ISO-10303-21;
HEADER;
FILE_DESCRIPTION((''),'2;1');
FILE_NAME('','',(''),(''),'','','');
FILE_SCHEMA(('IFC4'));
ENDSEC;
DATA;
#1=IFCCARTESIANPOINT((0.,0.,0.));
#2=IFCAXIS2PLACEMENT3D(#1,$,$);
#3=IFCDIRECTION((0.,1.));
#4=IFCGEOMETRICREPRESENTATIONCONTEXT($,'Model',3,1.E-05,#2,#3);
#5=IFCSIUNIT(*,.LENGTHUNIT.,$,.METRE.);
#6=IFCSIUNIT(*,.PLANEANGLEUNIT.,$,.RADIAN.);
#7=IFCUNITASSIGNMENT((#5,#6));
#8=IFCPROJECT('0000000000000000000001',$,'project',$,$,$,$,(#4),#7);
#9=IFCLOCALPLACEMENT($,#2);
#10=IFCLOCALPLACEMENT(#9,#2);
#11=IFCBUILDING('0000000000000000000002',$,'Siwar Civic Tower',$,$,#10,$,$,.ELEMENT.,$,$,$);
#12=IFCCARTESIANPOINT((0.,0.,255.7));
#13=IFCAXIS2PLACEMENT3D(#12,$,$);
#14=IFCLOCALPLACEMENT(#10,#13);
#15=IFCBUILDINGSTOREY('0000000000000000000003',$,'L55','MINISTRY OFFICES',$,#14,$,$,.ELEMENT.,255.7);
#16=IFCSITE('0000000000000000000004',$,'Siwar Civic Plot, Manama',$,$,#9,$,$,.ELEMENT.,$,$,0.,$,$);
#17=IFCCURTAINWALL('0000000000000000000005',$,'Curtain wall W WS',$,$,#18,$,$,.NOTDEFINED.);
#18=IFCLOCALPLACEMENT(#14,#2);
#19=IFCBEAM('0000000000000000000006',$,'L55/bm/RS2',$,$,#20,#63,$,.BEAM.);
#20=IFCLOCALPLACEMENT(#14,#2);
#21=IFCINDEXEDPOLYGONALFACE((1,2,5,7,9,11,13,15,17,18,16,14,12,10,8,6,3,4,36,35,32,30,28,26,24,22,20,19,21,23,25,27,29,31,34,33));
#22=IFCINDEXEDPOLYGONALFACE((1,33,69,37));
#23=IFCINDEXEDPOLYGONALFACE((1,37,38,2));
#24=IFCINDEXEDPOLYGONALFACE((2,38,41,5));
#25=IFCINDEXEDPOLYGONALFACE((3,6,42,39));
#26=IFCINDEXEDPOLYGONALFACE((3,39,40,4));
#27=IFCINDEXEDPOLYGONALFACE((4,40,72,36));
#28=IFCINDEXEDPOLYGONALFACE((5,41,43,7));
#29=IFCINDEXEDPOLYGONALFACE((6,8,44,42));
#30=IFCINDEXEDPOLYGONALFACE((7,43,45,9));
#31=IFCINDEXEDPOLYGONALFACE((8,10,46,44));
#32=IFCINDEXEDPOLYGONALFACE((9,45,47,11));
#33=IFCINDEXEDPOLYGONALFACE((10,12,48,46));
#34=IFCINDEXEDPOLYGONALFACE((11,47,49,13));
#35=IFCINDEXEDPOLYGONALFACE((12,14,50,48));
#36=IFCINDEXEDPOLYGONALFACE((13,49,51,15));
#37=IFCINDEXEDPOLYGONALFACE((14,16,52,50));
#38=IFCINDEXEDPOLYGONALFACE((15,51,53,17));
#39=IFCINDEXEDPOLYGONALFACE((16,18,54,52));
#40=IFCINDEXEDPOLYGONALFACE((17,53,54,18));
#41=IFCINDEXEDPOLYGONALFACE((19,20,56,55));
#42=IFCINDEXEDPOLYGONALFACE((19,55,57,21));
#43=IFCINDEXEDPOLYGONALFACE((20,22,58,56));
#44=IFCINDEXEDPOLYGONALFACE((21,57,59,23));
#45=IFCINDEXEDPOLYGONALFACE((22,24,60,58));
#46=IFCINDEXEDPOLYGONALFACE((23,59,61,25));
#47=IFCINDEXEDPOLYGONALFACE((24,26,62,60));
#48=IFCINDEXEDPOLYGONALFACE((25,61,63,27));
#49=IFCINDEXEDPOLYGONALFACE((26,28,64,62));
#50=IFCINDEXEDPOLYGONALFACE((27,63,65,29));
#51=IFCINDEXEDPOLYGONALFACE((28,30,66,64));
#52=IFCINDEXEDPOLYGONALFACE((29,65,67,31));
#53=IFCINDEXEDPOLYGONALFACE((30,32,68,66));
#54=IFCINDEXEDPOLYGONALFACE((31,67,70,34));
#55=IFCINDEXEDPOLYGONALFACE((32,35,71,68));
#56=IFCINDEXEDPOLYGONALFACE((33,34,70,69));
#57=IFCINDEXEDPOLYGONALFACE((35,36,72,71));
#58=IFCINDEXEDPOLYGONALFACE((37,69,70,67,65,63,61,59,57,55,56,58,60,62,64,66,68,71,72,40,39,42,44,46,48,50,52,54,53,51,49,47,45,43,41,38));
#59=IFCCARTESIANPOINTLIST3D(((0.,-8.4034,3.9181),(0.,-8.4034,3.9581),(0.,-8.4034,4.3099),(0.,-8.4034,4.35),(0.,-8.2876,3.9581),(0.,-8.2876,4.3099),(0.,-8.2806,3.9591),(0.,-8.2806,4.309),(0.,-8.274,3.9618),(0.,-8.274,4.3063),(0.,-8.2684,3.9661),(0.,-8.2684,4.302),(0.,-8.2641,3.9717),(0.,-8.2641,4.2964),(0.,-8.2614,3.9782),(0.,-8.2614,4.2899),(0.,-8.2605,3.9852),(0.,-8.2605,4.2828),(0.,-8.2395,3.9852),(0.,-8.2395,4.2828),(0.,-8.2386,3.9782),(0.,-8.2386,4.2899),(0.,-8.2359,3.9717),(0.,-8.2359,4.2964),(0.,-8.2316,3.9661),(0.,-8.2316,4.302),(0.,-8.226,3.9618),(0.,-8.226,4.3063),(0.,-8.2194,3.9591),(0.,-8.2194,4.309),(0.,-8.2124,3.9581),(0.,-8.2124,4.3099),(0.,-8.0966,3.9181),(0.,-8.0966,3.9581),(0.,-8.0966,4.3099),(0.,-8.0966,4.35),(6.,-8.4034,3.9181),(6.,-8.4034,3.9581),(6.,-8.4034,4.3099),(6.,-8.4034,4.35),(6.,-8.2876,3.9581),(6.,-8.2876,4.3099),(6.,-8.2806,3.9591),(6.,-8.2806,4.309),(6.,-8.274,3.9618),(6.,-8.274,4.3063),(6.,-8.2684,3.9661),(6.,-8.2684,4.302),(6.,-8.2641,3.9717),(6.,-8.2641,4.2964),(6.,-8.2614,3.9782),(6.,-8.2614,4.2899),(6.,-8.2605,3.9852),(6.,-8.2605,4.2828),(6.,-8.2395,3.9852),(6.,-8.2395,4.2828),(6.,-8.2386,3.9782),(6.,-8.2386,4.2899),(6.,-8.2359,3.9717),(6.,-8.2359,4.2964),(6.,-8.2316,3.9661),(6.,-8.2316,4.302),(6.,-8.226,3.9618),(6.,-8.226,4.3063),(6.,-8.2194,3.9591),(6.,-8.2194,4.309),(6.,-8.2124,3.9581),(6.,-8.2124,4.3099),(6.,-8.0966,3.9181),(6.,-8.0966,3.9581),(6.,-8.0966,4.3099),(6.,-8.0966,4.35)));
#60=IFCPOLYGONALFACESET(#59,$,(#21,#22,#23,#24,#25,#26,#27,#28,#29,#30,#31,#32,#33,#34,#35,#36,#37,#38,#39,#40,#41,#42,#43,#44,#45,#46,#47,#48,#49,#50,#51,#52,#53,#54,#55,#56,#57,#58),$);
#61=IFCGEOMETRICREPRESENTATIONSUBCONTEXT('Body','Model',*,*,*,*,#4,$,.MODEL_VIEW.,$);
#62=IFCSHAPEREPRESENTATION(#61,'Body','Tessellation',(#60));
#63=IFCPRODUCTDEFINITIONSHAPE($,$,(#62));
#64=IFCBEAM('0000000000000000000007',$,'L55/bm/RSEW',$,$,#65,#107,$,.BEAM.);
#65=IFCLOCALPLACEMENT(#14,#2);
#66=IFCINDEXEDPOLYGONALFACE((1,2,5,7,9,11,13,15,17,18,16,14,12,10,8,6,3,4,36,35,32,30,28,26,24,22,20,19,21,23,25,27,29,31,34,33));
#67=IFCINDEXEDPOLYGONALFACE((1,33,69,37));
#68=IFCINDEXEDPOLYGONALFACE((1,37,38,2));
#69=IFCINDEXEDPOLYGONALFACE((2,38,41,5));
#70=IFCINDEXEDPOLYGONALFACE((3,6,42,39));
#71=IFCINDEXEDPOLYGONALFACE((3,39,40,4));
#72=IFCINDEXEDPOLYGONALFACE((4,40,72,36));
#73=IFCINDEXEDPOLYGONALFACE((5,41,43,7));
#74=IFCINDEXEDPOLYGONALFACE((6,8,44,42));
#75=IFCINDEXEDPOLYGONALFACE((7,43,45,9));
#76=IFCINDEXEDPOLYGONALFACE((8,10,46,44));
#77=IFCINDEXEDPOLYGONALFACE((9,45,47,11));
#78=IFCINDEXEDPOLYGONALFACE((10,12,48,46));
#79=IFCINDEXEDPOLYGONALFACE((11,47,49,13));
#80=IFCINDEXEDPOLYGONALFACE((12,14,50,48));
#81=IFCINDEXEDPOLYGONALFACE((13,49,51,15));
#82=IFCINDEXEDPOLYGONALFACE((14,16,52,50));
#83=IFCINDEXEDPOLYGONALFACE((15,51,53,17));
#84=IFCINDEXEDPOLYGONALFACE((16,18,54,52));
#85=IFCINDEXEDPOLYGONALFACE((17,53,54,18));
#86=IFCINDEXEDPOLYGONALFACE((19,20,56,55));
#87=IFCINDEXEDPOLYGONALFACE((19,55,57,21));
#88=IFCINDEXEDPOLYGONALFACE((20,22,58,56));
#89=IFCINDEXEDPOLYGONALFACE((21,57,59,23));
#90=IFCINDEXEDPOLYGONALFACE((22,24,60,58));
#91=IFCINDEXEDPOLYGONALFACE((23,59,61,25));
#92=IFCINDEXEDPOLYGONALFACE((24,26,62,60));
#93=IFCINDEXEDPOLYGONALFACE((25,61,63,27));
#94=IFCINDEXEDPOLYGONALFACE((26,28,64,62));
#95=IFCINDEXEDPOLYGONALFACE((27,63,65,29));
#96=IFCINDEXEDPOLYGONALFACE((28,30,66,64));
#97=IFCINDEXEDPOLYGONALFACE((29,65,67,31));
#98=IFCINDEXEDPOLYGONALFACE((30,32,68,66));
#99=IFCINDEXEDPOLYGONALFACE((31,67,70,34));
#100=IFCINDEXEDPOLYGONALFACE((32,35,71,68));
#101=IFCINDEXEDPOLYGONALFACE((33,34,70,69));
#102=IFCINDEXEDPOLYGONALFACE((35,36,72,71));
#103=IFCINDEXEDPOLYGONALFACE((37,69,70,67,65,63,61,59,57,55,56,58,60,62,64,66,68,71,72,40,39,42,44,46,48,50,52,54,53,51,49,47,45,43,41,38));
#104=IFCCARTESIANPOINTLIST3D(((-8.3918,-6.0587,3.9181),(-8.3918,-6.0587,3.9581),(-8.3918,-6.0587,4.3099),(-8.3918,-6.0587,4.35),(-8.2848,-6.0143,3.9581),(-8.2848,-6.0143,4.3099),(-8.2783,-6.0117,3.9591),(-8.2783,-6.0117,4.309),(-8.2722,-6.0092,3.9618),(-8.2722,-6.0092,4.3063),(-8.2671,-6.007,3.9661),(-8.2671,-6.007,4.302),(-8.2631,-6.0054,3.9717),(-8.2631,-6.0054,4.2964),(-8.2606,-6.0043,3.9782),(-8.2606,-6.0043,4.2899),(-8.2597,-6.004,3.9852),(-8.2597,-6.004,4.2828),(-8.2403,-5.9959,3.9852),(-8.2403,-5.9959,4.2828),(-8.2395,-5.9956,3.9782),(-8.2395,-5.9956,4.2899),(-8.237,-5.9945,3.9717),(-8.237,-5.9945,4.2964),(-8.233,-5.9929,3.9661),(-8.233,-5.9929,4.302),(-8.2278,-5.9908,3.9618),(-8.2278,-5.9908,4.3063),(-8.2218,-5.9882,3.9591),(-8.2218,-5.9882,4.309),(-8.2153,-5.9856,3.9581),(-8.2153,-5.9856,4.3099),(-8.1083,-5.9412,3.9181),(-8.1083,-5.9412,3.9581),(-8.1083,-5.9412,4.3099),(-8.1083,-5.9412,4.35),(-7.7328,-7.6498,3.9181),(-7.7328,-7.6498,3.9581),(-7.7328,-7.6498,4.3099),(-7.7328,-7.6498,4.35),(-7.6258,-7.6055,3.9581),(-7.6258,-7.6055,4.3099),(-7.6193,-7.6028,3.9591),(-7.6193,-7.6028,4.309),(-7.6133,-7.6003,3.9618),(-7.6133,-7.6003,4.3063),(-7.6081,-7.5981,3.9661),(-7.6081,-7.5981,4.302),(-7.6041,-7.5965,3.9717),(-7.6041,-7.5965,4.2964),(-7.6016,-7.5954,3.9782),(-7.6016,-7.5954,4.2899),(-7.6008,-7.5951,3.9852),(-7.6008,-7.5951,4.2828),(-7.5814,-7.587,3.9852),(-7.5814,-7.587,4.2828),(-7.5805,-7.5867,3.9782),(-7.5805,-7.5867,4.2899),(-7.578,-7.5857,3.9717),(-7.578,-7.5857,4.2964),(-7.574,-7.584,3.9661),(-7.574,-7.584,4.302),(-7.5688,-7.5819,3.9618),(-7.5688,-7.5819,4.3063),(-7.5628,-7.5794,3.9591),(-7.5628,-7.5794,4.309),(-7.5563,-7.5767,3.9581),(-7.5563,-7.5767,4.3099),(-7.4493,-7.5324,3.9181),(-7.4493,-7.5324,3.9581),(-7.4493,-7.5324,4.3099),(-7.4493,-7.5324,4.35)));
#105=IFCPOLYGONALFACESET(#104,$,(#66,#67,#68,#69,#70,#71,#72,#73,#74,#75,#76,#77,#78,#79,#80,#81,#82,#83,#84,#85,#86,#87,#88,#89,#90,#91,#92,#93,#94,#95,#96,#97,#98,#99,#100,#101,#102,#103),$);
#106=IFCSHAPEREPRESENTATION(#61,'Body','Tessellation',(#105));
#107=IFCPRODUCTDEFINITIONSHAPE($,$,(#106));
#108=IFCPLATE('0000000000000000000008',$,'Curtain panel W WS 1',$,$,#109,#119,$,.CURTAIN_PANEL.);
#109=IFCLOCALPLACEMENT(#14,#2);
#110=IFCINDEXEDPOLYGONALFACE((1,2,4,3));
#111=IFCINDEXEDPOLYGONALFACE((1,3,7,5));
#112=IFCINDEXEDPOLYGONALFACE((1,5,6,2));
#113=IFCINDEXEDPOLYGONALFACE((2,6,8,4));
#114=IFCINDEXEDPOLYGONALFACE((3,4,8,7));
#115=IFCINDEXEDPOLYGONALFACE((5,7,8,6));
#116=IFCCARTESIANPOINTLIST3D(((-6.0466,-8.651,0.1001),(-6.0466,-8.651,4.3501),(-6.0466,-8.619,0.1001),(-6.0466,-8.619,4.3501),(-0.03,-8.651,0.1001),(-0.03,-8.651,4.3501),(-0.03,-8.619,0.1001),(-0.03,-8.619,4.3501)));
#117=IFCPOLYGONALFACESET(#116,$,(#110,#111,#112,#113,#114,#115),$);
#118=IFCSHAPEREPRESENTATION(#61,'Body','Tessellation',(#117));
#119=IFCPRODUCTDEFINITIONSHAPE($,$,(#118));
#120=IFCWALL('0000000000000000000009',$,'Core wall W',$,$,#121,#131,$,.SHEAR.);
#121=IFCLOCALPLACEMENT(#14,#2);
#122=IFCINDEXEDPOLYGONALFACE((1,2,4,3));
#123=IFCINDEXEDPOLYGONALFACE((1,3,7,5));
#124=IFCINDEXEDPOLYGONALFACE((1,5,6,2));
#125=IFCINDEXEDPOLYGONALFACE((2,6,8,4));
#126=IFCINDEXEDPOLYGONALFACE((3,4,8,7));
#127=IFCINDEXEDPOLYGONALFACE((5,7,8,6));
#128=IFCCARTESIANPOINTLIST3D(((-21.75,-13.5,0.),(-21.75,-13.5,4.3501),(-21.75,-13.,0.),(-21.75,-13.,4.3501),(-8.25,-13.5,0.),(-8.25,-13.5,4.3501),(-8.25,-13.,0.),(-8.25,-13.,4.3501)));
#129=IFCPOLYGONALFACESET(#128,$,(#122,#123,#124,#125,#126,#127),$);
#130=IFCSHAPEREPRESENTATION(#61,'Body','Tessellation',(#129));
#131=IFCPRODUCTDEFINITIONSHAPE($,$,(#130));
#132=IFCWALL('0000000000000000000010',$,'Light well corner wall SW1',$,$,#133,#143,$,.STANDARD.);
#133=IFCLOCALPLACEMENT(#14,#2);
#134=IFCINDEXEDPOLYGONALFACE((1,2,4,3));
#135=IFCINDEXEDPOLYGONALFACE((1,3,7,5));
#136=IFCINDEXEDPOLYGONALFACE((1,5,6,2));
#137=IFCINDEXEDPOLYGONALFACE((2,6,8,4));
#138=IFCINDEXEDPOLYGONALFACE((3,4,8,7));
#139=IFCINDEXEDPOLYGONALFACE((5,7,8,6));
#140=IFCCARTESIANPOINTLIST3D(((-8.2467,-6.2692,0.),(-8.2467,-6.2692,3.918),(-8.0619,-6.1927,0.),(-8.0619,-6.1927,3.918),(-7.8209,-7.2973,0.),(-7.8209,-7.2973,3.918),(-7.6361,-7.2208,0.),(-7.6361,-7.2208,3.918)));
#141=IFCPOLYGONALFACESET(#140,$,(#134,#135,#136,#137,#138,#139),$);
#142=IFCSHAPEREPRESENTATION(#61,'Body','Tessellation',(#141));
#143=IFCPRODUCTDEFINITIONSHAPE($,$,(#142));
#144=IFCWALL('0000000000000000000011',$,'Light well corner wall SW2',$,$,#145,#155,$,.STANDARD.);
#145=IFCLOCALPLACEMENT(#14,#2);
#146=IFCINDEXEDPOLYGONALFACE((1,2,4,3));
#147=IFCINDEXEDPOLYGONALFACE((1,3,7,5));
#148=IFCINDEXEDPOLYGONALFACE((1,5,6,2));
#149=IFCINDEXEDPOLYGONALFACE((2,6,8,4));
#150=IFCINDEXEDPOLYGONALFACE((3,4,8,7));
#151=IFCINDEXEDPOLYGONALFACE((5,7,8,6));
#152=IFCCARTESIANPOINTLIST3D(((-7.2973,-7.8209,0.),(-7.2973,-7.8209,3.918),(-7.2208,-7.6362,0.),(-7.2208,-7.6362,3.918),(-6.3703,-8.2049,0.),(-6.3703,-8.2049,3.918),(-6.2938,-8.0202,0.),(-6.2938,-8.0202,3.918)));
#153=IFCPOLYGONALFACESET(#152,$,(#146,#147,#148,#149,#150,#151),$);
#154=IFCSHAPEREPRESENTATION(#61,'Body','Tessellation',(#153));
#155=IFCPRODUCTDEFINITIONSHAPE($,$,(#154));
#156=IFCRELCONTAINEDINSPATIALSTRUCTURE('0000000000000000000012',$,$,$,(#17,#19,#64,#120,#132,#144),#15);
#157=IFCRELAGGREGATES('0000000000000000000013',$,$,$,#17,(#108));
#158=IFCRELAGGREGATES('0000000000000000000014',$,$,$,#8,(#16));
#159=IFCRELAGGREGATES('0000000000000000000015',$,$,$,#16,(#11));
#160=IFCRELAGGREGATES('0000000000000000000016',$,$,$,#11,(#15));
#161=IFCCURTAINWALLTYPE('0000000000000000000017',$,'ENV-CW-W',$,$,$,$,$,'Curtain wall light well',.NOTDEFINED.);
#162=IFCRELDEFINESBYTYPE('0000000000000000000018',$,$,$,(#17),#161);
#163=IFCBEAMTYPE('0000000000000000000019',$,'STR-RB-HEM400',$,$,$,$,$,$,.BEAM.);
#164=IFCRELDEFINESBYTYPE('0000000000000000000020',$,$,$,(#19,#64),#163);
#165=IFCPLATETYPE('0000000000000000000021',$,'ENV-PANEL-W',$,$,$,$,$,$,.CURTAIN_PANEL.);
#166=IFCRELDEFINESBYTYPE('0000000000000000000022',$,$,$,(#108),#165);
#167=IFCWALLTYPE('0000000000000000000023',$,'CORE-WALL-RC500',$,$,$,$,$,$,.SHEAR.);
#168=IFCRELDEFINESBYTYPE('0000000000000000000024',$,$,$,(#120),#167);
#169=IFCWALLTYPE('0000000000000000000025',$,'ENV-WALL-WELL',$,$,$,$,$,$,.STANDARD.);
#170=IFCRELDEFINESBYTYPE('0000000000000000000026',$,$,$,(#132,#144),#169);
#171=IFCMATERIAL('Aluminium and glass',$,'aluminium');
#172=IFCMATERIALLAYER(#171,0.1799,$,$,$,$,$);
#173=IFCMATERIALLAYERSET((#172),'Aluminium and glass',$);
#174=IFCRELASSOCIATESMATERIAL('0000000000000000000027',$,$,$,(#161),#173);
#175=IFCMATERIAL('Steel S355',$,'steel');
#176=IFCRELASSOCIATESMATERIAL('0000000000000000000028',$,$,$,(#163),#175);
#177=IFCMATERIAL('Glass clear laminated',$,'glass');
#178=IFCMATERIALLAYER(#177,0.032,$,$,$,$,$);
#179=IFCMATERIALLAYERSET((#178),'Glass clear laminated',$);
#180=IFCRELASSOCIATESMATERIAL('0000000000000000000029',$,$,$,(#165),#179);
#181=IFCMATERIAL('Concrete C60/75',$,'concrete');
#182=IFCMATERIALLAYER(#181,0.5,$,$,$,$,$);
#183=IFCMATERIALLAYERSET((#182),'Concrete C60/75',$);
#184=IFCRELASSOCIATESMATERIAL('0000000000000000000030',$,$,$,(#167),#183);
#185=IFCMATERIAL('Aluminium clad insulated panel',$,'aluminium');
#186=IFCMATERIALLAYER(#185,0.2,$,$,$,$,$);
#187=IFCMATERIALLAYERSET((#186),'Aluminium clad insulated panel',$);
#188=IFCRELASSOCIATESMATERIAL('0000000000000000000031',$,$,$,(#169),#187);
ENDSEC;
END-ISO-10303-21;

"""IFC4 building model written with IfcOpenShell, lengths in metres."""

from ifc_helpers import new_model, si_unit, direction, frame, frame_2d, origin, origin_2d, place, context, subcontext, project, spatial, rectangle, i_section, extrude, material, layer, layer_set, material_profile, profile_set, type_object, element, aggregate, save


model = new_model("IFC4")

# Units and contexts
model_context = context("Model", 3, precision=1e-05, world=origin(), true_north=direction((0.0, 1.0)))
body_context = subcontext(model_context, "Body", "Model", "MODEL_VIEW")
ifc_project = project(units=[si_unit("LENGTHUNIT", "METRE"), si_unit("PLANEANGLEUNIT", "RADIAN")], contexts=[model_context])

# Site, building, storey
site_placement = place(None, origin())
site = spatial("IfcSite", under=ifc_project, at=site_placement, Name="Siwar Civic Plot, Manama", CompositionType="ELEMENT", RefElevation=0.0)
building_placement = place(site_placement, origin())
building = spatial("IfcBuilding", under=site, at=building_placement, Name="Siwar Civic Tower", CompositionType="ELEMENT")
storey_placement = place(building_placement, frame((0.0, 0.0, 255.7)))
storey = spatial("IfcBuildingStorey", under=building, at=storey_placement, Name="L55", Description="MINISTRY OFFICES", CompositionType="ELEMENT", Elevation=255.7)

# Curtain wall
ifc_material_1 = material(Name="Aluminium and glass", Category="aluminium")
ifc_layer_1 = layer(ifc_material_1, 0.1799)
ifc_layer_set_1 = layer_set([ifc_layer_1], Name="Aluminium and glass")
curtain_wall_type = type_object("IfcCurtainWallType", Name="ENV-CW-W", ElementType="Curtain wall light well", PredefinedType="NOTDEFINED", material=ifc_layer_set_1)
curtain_wall_placement = place(storey_placement, origin())
curtain_wall = element("IfcCurtainWall", 1, at=curtain_wall_placement, inside=storey, type_object=curtain_wall_type, Name="Curtain wall W WS", PredefinedType="NOTDEFINED")

# Beams
ifc_material_2 = material(Name="Steel S355", Category="steel")
ifc_material_profile_1 = material_profile(ifc_material_2, i_section(OverallWidth=0.3069, OverallDepth=0.4319, WebThickness=0.021, FlangeThickness=0.04, FilletRadius=0.0271, at=origin_2d()), Name="HEM400")
ifc_profile_set_1 = profile_set([ifc_material_profile_1], Name="Steel S355")
beam_type = type_object("IfcBeamType", Name="STR-RB-HEM400", PredefinedType="BEAM", material=ifc_profile_set_1)
for number, where, z_axis, x_axis, name in (
    (2, (0.0, -8.25, 4.134), (1.0, 0.0, 0.0), (0.0, 1.0, 0.0), "L55/bm/RS2"),
):
    element("IfcBeam", number, at=place(storey_placement, frame(where, z_axis=z_axis, x_axis=x_axis)), inside=storey, type_object=beam_type, Name=name, PredefinedType="BEAM", context=body_context, shape_type="SweptSolid", body=[
        extrude(i_section(OverallWidth=0.3069, OverallDepth=0.4319, WebThickness=0.021, FlangeThickness=0.04, FilletRadius=0.0271, at=origin_2d()), origin(), (0.0, 0.0, 1.0), 6.0),
    ])
beam_1_placement = place(storey_placement, frame((-7.5911, -7.5911, 4.134), z_axis=(-0.382631, 0.923901, 0.0), x_axis=(-0.923901, -0.382631, 0.0)))
element("IfcBeam", 3, at=beam_1_placement, inside=storey, type_object=beam_type, Name="L55/bm/RSEW", PredefinedType="BEAM", context=body_context, shape_type="SweptSolid", body=[
    extrude(i_section(OverallWidth=0.3069, OverallDepth=0.4319, WebThickness=0.021, FlangeThickness=0.04, FilletRadius=0.0271, at=origin_2d()), origin(), (0.0, 0.0, 1.0), 1.7222),
])

# Plate
ifc_material_3 = material(Name="Glass clear laminated", Category="glass")
ifc_layer_2 = layer(ifc_material_3, 0.032)
ifc_layer_set_2 = layer_set([ifc_layer_2], Name="Glass clear laminated")
plate_type = type_object("IfcPlateType", Name="ENV-PANEL-W", PredefinedType="CURTAIN_PANEL", material=ifc_layer_set_2)
plate_placement = place(storey_placement, frame((-3.0383, -8.635, 0.1001), z_axis=(0.0, 0.0, 1.0), x_axis=(1.0, 0.0, 0.0)))
plate = element("IfcPlate", 4, at=plate_placement, type_object=plate_type, Name="Curtain panel W WS 1", PredefinedType="CURTAIN_PANEL", context=body_context, shape_type="SweptSolid", body=[
    extrude(rectangle(XDim=6.0166, YDim=0.032, at=origin_2d()), origin(), (0.0, 0.0, 1.0), 4.25),
])
aggregate(curtain_wall, [plate])

# Walls
ifc_material_4 = material(Name="Concrete C60/75", Category="concrete")
ifc_layer_3 = layer(ifc_material_4, 0.5)
ifc_layer_set_3 = layer_set([ifc_layer_3], Name="Concrete C60/75")
wall_type_1 = type_object("IfcWallType", Name="CORE-WALL-RC500", PredefinedType="SHEAR", material=ifc_layer_set_3)
wall_1_placement = place(storey_placement, frame((-8.25, -13.25, 0.0), z_axis=(0.0, 0.0, 1.0), x_axis=(-1.0, 0.0, 0.0)))
element("IfcWall", 5, at=wall_1_placement, inside=storey, type_object=wall_type_1, Name="Core wall W", PredefinedType="SHEAR", context=body_context, shape_type="SweptSolid", body=[
    extrude(rectangle(XDim=13.5, YDim=0.5, at=frame_2d((6.75, 0.0))), origin(), (0.0, 0.0, 1.0), 4.3501),
])
ifc_material_5 = material(Name="Aluminium clad insulated panel", Category="aluminium")
ifc_layer_4 = layer(ifc_material_5, 0.2)
ifc_layer_set_4 = layer_set([ifc_layer_4], Name="Aluminium clad insulated panel")
wall_type_2 = type_object("IfcWallType", Name="ENV-WALL-WELL", PredefinedType="STANDARD", material=ifc_layer_set_4)
wall_2_placement = place(storey_placement, frame((-8.1543, -6.231, 0.0), z_axis=(0.0, 0.0, 1.0), x_axis=(0.382636, -0.923899, 0.0)))
element("IfcWall", 6, at=wall_2_placement, inside=storey, type_object=wall_type_2, Name="Light well corner wall SW1", PredefinedType="STANDARD", context=body_context, shape_type="SweptSolid", body=[
    extrude(rectangle(XDim=1.1128, YDim=0.2, at=frame_2d((0.5564, 0.0))), origin(), (0.0, 0.0, 1.0), 3.918),
])
wall_3_placement = place(storey_placement, frame((-7.259, -7.7285, 0.0), z_axis=(0.0, 0.0, 1.0), x_axis=(0.92386, -0.382731, 0.0)))
element("IfcWall", 7, at=wall_3_placement, inside=storey, type_object=wall_type_2, Name="Light well corner wall SW2", PredefinedType="STANDARD", context=body_context, shape_type="SweptSolid", body=[
    extrude(rectangle(XDim=1.0034, YDim=0.2, at=frame_2d((0.5017, 0.0))), origin(), (0.0, 0.0, 1.0), 3.918),
])

save(model, "model.ifc")
